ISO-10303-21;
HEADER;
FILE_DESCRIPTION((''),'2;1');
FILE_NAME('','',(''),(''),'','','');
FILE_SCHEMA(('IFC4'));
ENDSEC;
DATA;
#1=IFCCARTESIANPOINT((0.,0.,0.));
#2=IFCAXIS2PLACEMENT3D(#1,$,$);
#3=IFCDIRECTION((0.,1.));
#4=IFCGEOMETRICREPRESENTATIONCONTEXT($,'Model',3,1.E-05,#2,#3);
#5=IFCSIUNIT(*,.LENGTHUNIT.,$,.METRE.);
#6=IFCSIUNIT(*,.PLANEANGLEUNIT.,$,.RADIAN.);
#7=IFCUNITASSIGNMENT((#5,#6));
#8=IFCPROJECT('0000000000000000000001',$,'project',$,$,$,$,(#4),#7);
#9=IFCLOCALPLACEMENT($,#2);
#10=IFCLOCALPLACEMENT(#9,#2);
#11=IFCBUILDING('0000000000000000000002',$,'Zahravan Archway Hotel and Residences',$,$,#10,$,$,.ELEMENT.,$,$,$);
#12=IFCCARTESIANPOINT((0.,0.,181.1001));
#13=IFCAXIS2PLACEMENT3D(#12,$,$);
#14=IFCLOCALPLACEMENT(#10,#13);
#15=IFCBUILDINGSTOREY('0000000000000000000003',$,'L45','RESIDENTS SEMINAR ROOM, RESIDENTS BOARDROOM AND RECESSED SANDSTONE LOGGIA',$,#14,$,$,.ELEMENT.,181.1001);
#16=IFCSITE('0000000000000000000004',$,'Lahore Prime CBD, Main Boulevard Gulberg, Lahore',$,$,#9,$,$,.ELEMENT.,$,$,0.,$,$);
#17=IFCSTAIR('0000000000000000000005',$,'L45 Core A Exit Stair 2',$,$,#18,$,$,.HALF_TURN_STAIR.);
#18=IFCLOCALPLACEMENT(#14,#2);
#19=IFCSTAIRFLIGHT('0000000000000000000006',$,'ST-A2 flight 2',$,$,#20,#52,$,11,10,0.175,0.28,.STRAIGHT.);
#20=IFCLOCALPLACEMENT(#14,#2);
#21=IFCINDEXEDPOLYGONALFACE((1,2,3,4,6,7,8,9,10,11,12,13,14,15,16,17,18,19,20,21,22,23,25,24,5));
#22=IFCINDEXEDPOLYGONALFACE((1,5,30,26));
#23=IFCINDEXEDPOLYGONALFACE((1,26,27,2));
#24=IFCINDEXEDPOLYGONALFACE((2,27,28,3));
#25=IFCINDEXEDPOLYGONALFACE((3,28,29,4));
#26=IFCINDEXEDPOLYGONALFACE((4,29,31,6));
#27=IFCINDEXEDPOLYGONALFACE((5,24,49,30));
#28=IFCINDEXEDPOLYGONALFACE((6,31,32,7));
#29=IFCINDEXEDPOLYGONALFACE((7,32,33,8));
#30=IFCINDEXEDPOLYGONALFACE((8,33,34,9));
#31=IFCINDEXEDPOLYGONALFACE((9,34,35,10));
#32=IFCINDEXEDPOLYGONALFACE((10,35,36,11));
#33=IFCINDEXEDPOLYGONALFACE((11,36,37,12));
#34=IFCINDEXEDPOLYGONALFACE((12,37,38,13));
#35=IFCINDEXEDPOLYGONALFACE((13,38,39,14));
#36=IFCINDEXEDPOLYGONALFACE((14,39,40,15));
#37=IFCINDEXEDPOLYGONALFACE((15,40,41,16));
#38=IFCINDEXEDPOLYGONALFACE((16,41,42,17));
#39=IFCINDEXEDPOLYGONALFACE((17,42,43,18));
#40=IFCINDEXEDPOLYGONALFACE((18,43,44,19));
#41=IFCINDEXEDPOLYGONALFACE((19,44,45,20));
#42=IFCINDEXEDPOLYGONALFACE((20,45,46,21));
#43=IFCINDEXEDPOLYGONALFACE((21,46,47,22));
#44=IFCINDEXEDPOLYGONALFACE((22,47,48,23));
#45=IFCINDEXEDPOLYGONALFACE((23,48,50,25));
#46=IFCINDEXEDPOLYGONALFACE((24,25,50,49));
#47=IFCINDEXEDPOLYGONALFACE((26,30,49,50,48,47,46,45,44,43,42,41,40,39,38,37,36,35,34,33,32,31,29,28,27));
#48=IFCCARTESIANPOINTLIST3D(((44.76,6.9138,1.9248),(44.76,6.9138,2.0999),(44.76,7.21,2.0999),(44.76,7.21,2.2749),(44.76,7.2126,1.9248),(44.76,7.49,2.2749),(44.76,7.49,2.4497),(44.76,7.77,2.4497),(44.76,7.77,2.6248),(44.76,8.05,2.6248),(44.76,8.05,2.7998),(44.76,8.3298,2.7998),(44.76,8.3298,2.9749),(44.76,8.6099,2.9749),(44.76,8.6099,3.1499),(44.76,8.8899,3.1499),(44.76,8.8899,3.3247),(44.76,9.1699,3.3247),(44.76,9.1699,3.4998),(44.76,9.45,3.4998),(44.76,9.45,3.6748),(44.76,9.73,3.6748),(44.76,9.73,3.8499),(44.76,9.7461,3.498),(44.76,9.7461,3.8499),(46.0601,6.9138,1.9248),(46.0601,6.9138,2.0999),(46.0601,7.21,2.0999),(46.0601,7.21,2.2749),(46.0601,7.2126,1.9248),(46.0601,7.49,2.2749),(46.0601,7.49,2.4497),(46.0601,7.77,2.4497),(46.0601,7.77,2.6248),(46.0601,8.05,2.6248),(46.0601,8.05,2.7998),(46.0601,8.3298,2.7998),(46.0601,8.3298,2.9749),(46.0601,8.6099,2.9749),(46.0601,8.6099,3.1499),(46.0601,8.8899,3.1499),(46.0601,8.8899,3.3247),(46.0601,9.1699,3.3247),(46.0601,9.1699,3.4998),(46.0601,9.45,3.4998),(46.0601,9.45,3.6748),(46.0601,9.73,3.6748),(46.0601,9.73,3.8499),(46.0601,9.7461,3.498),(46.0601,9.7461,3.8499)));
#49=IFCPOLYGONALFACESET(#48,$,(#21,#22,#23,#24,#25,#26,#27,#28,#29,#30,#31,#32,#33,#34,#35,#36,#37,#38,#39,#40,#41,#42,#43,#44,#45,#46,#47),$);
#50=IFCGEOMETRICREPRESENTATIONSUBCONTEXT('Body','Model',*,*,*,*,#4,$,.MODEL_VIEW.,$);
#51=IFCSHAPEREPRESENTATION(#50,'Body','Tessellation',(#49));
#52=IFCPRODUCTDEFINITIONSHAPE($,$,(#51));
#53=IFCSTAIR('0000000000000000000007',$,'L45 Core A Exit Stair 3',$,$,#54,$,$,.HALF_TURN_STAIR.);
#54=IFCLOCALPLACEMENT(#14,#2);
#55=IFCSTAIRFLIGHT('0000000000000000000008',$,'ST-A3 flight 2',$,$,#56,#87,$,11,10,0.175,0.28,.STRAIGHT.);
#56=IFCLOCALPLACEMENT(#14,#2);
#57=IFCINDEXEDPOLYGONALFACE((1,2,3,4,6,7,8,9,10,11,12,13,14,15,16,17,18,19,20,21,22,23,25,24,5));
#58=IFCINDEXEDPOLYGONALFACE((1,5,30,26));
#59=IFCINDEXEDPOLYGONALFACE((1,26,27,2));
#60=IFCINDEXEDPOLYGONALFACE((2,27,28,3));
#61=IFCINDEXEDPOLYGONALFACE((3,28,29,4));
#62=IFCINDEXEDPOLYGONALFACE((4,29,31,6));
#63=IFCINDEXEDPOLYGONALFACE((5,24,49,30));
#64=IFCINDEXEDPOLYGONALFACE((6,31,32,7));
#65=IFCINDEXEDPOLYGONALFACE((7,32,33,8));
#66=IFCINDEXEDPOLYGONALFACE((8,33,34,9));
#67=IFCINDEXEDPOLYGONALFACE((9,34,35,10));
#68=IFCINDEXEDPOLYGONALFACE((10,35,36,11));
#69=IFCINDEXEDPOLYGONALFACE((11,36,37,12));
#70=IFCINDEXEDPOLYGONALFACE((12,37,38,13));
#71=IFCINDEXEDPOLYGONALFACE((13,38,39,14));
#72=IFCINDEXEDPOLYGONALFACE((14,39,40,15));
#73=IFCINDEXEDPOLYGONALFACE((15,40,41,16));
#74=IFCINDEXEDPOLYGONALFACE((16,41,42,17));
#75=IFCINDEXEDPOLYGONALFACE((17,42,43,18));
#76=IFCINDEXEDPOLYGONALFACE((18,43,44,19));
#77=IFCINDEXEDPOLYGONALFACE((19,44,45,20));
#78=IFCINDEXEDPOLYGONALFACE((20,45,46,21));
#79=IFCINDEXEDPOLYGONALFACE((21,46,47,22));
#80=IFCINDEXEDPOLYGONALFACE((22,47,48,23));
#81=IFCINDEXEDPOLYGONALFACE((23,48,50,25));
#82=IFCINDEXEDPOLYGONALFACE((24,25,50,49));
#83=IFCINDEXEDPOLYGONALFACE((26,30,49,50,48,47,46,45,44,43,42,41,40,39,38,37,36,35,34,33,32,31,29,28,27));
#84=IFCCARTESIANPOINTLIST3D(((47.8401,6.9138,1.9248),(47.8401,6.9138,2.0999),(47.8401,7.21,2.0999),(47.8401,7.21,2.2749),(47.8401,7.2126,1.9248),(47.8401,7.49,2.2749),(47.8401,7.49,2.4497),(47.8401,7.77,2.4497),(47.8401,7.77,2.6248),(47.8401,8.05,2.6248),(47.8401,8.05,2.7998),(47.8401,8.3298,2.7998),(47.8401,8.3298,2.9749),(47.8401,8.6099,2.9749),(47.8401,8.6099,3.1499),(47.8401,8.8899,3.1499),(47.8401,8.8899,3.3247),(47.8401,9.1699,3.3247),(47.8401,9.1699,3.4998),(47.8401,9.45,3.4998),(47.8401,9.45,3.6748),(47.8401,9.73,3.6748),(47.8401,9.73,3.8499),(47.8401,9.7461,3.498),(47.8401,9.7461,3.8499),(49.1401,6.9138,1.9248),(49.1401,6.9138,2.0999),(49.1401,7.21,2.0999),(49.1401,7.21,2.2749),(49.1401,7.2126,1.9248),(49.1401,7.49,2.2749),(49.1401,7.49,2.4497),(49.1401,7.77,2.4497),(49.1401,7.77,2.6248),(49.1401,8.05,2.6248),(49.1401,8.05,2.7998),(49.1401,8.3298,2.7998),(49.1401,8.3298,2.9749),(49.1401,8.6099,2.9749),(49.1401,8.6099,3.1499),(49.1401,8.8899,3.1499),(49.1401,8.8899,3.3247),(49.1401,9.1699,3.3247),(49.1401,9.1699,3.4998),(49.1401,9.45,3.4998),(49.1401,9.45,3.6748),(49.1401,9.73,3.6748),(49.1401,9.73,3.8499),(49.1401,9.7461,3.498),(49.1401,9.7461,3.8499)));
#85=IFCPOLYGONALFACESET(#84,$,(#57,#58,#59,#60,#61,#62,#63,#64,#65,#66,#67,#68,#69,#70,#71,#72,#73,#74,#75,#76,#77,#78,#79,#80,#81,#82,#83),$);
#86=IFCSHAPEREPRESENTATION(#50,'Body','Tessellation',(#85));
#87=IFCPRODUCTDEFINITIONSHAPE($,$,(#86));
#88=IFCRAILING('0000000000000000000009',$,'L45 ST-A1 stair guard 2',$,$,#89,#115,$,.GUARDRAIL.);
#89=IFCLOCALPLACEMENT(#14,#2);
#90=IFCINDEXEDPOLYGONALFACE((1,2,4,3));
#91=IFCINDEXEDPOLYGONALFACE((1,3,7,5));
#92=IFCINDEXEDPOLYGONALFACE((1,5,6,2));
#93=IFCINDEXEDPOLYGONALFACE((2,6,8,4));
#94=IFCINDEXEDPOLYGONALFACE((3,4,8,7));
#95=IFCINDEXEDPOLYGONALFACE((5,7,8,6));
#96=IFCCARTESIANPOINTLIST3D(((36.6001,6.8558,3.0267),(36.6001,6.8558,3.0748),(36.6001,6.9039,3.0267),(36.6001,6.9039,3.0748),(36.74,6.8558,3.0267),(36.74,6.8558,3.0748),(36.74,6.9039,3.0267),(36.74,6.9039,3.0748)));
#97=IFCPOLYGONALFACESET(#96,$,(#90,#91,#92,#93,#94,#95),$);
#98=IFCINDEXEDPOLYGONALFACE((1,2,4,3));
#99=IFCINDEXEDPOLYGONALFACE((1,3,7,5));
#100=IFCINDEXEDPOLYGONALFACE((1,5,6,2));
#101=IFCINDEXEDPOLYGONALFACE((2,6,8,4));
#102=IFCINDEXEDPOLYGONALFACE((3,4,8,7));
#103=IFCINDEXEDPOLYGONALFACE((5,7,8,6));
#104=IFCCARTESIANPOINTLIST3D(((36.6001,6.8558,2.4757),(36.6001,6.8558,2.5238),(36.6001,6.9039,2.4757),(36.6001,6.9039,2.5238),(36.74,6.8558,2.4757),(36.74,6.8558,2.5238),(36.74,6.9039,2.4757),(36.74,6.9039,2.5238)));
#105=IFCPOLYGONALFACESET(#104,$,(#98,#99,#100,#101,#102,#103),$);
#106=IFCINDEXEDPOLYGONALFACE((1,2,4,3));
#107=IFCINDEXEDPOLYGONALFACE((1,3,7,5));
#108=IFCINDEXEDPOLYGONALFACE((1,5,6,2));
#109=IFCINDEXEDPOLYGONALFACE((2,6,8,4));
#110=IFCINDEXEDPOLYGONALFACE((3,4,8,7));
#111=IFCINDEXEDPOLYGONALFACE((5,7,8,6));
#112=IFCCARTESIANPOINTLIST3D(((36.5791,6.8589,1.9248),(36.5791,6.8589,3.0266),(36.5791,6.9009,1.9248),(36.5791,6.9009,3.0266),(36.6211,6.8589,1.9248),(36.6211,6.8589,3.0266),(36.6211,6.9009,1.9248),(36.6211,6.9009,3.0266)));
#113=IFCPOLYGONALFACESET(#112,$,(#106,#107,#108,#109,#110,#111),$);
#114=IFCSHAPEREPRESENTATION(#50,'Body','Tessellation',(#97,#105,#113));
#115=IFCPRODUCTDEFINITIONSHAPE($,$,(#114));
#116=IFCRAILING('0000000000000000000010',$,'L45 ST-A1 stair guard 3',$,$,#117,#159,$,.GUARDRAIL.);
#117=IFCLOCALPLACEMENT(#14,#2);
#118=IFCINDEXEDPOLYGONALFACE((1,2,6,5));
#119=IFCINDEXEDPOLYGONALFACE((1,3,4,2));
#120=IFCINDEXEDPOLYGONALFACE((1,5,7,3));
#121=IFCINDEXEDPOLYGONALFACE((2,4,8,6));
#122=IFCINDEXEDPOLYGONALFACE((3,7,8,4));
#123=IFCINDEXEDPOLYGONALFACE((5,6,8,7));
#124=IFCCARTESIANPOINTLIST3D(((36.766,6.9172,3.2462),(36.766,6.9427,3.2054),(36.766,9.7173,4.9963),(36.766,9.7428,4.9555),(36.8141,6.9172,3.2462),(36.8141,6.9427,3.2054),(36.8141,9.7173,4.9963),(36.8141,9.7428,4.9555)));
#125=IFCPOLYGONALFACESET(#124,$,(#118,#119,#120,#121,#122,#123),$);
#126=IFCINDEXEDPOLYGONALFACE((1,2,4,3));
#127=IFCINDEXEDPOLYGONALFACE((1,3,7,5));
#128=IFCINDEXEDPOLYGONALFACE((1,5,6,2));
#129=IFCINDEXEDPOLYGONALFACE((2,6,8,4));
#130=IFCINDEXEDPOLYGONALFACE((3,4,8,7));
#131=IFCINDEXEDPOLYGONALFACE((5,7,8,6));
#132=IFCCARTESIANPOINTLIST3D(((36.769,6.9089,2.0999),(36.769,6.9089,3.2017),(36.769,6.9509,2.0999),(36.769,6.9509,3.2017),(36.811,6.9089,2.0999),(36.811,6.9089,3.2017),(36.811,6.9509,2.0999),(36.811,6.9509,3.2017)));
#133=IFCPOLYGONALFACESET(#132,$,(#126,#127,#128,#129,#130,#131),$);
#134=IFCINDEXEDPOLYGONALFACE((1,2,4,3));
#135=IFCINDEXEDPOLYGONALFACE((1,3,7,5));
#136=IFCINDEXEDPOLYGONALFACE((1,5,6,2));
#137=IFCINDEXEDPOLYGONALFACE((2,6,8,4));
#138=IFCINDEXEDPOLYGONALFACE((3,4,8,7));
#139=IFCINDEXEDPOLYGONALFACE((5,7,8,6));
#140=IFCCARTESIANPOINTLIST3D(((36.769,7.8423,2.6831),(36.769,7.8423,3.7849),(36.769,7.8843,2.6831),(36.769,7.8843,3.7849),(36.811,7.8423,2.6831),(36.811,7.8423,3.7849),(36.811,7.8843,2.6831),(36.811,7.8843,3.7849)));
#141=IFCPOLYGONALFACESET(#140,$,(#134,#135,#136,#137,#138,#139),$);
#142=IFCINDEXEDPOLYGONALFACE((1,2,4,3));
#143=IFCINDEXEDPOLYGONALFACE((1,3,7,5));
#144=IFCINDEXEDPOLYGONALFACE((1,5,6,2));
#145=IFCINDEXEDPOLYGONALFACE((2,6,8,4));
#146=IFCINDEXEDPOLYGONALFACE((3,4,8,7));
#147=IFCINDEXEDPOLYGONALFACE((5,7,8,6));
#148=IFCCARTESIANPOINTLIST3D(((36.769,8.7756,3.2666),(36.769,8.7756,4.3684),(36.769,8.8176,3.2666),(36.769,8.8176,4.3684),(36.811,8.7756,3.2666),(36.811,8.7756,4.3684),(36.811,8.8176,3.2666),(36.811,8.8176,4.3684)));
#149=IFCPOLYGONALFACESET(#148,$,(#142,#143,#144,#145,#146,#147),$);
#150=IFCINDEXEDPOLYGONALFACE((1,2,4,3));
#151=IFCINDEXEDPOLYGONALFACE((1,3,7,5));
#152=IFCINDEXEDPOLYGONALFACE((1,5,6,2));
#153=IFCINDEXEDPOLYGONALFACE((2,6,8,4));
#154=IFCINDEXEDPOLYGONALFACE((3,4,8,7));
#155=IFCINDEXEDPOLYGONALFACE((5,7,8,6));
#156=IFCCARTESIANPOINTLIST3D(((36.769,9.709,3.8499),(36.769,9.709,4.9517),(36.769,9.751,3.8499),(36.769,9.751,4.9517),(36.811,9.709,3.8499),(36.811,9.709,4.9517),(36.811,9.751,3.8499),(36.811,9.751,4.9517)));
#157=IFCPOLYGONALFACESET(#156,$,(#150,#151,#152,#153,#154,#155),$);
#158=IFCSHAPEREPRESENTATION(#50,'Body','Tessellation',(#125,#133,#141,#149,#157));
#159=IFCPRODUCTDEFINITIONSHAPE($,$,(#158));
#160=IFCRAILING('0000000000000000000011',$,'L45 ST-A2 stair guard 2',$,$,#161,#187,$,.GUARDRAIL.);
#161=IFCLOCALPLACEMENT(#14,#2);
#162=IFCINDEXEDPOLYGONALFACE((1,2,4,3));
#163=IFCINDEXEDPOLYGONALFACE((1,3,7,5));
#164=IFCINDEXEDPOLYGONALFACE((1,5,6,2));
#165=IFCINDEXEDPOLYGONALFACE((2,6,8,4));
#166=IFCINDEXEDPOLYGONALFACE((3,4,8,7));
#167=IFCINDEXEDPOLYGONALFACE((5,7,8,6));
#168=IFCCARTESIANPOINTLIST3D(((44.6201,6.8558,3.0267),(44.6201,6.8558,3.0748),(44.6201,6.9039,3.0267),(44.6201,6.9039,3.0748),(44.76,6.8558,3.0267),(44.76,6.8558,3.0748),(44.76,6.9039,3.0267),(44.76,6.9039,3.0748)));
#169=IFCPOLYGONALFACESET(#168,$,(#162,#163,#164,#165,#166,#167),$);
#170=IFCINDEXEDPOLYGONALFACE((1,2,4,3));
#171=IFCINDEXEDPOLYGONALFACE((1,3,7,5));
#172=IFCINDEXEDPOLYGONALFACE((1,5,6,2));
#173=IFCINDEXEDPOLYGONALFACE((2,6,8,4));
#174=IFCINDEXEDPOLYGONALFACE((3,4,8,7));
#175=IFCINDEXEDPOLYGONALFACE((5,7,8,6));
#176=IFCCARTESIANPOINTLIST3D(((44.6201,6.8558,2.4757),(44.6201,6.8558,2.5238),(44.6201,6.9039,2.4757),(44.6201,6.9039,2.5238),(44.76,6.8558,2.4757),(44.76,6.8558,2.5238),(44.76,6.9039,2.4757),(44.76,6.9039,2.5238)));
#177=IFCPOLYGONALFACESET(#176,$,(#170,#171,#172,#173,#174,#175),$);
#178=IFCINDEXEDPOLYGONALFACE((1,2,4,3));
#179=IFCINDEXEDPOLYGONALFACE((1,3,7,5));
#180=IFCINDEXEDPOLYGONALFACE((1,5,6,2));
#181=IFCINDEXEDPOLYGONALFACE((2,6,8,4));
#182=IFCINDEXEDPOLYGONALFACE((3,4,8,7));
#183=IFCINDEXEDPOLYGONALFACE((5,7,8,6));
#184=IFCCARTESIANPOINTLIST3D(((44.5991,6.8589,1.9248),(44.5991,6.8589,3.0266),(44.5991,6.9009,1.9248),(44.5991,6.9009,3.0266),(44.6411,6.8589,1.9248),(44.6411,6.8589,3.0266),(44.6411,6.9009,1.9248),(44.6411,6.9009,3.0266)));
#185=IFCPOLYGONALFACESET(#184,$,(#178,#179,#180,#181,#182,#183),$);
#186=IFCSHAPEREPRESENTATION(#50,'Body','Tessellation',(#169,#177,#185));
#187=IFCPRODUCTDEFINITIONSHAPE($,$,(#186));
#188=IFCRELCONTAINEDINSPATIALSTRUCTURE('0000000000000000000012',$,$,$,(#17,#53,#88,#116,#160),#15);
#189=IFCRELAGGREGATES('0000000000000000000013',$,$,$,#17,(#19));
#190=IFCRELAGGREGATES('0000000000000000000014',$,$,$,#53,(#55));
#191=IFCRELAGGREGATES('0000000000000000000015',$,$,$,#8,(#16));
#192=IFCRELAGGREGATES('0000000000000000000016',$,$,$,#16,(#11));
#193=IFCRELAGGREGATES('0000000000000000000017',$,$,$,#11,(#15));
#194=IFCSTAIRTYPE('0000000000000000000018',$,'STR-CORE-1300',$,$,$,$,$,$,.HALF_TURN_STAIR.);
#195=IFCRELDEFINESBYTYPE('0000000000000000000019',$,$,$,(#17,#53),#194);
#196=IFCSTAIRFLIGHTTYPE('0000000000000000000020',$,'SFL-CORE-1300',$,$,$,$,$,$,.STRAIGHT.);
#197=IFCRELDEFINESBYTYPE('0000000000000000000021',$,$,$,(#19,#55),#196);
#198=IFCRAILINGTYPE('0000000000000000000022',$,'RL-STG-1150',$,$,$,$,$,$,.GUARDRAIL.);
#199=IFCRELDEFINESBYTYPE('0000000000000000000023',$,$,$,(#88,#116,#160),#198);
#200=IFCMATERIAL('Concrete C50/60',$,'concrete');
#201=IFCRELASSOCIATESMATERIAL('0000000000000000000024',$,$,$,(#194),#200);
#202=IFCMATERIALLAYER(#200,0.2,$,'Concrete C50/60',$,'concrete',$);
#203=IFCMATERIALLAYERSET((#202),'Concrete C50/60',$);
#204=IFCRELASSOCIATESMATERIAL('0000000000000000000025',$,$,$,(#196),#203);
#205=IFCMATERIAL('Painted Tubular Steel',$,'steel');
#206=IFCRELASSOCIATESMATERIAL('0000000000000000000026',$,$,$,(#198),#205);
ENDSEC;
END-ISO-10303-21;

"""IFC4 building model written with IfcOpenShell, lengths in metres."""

from ifc_helpers import new_model, si_unit, direction, frame, origin, origin_2d, place, context, subcontext, project, spatial, polyline, rectangle, outline, extrude, source, transform, mapped, material, layer, layer_set, type_object, element, aggregate, save


model = new_model("IFC4")

# Units and contexts
model_context = context("Model", 3, precision=1e-05, world=origin(), true_north=direction((0.0, 1.0)))
body_context = subcontext(model_context, "Body", "Model", "MODEL_VIEW")
ifc_project = project(units=[si_unit("LENGTHUNIT", "METRE"), si_unit("PLANEANGLEUNIT", "RADIAN")], contexts=[model_context])

# Site, building, storey
site_placement = place(None, origin())
site = spatial("IfcSite", under=ifc_project, at=site_placement, Name="Lahore Prime CBD, Main Boulevard Gulberg, Lahore", CompositionType="ELEMENT", RefElevation=0.0)
building_placement = place(site_placement, origin())
building = spatial("IfcBuilding", under=site, at=building_placement, Name="Zahravan Archway Hotel and Residences", CompositionType="ELEMENT")
storey_placement = place(building_placement, frame((0.0, 0.0, 181.1001)))
storey = spatial("IfcBuildingStorey", under=building, at=storey_placement, Name="L45", Description="RESIDENTS SEMINAR ROOM, RESIDENTS BOARDROOM AND RECESSED SANDSTONE LOGGIA", CompositionType="ELEMENT", Elevation=181.1001)

# Shared definitions
ifc_material_1 = material(Name="Concrete C50/60", Category="concrete")

# Stairs, stair flights
stair_type = type_object("IfcStairType", Name="STR-CORE-1300", PredefinedType="HALF_TURN_STAIR", material=ifc_material_1)
ifc_layer_1 = layer(ifc_material_1, 0.2, Name="Concrete C50/60", Category="concrete")
ifc_layer_set_1 = layer_set([ifc_layer_1], Name="Concrete C50/60")
stair_flight_type = type_object("IfcStairFlightType", Name="SFL-CORE-1300", PredefinedType="STRAIGHT", material=ifc_layer_set_1)
shared_shape_1 = source(origin(), body_context, "Body", "SweptSolid", [
    extrude(outline(polyline([(-0.0161, 0.0), (-0.0161, 0.175), (0.28, 0.175), (0.28, 0.3501), (0.5601, 0.3501), (0.5601, 0.5249), (0.8401, 0.5249), (0.8401, 0.7), (1.1201, 0.7), (1.1201, 0.875), (1.3999, 0.875), (1.3999, 1.05), (1.6799, 1.05), (1.6799, 1.2251), (1.96, 1.2251), (1.96, 1.3999), (2.24, 1.3999), (2.24, 1.575), (2.52, 1.575), (2.52, 1.75), (2.8, 1.75), (2.8, 1.925), (2.8162, 1.925), (2.8162, 1.5732), (0.2827, 0.0), (-0.0161, 0.0)])), frame((0.0, 0.6499, 0.0), z_axis=(0.0, -1.0, 0.0), x_axis=(1.0, 0.0, 0.0)), (0.0, 0.0, 1.0), 1.3),
])
stair_1_placement = place(storey_placement, origin())
stair_1 = element("IfcStair", 1, at=stair_1_placement, inside=storey, type_object=stair_type, Name="L45 Core A Exit Stair 2", PredefinedType="HALF_TURN_STAIR")
stair_flight_1_placement = place(storey_placement, frame((45.4099, 6.9299, 1.9248), z_axis=(0.0, 0.0, 1.0), x_axis=(0.0, 1.0, 0.0)))
stair_flight_1 = element("IfcStairFlight", 2, at=stair_flight_1_placement, type_object=stair_flight_type, Name="ST-A2 flight 2", NumberOfRisers=11, NumberOfTreads=10, PredefinedType="STRAIGHT", RiserHeight=0.175, TreadLength=0.28, context=body_context, shape_type="MappedRepresentation", body=[
    mapped(shared_shape_1, transform((0.0, 0.0, 0.0), scale=1.0)),
])
aggregate(stair_1, [stair_flight_1])
stair_2_placement = place(storey_placement, origin())
stair_2 = element("IfcStair", 3, at=stair_2_placement, inside=storey, type_object=stair_type, Name="L45 Core A Exit Stair 3", PredefinedType="HALF_TURN_STAIR")
stair_flight_2_placement = place(storey_placement, frame((48.49, 6.9299, 1.9248), z_axis=(0.0, 0.0, 1.0), x_axis=(0.0, 1.0, 0.0)))
stair_flight_2 = element("IfcStairFlight", 4, at=stair_flight_2_placement, type_object=stair_flight_type, Name="ST-A3 flight 2", NumberOfRisers=11, NumberOfTreads=10, PredefinedType="STRAIGHT", RiserHeight=0.175, TreadLength=0.28, context=body_context, shape_type="MappedRepresentation", body=[
    mapped(shared_shape_1, transform((0.0, 0.0, 0.0), scale=1.0)),
])
aggregate(stair_2, [stair_flight_2])

# Railings
ifc_material_2 = material(Name="Painted Tubular Steel", Category="steel")
railing_type_1 = type_object("IfcRailingType", Name="RL-STG-1150", PredefinedType="GUARDRAIL", material=ifc_material_2)
railing_1_placement = place(storey_placement, frame((36.6001, 6.8799, 1.9248)))
element("IfcRailing", 5, at=railing_1_placement, inside=storey, type_object=railing_type_1, Name="L45 ST-A1 stair guard 2", PredefinedType="GUARDRAIL", context=body_context, shape_type="SweptSolid", body=[
    extrude(rectangle(XDim=0.0481, YDim=0.0481, at=origin_2d()), frame((0.0, 0.0, 1.126), z_axis=(1.0, 0.0, 0.0), x_axis=(0.0, 1.0, 0.0)), (0.0, 0.0, 1.0), 0.1399),
    extrude(rectangle(XDim=0.0481, YDim=0.0481, at=origin_2d()), frame((0.0, 0.0, 0.575), z_axis=(1.0, 0.0, 0.0), x_axis=(0.0, 1.0, 0.0)), (0.0, 0.0, 1.0), 0.1399),
    extrude(rectangle(XDim=0.042, YDim=0.042, at=origin_2d()), origin(), (0.0, 0.0, 1.0), 1.1018),
])
railing_2_placement = place(storey_placement, frame((36.79, 6.9299, 2.0999)))
element("IfcRailing", 6, at=railing_2_placement, inside=storey, type_object=railing_type_1, Name="L45 ST-A1 stair guard 3", PredefinedType="GUARDRAIL", context=body_context, shape_type="SweptSolid", body=[
    extrude(rectangle(XDim=0.0481, YDim=0.0481, at=origin_2d()), frame((0.0, 0.0, 1.126), z_axis=(0.0, 0.848002, 0.529992), x_axis=(-1.0, 0.0, 0.0)), (0.0, 0.0, 1.0), 3.302),
    extrude(rectangle(XDim=0.042, YDim=0.042, at=origin_2d()), origin(), (0.0, 0.0, 1.0), 1.1018),
    extrude(rectangle(XDim=0.042, YDim=0.042, at=origin_2d()), frame((0.0, 0.9333, 0.5833)), (0.0, 0.0, 1.0), 1.1018),
    extrude(rectangle(XDim=0.042, YDim=0.042, at=origin_2d()), frame((0.0, 1.8667, 1.1667)), (0.0, 0.0, 1.0), 1.1018),
    extrude(rectangle(XDim=0.042, YDim=0.042, at=origin_2d()), frame((0.0, 2.8, 1.75)), (0.0, 0.0, 1.0), 1.1018),
])
railing_3_placement = place(storey_placement, frame((44.6201, 6.8799, 1.9248)))
element("IfcRailing", 7, at=railing_3_placement, inside=storey, type_object=railing_type_1, Name="L45 ST-A2 stair guard 2", PredefinedType="GUARDRAIL", context=body_context, shape_type="SweptSolid", body=[
    extrude(rectangle(XDim=0.0481, YDim=0.0481, at=origin_2d()), frame((0.0, 0.0, 1.126), z_axis=(1.0, 0.0, 0.0), x_axis=(0.0, 1.0, 0.0)), (0.0, 0.0, 1.0), 0.1399),
    extrude(rectangle(XDim=0.0481, YDim=0.0481, at=origin_2d()), frame((0.0, 0.0, 0.575), z_axis=(1.0, 0.0, 0.0), x_axis=(0.0, 1.0, 0.0)), (0.0, 0.0, 1.0), 0.1399),
    extrude(rectangle(XDim=0.042, YDim=0.042, at=origin_2d()), origin(), (0.0, 0.0, 1.0), 1.1018),
])

save(model, "model.ifc")
